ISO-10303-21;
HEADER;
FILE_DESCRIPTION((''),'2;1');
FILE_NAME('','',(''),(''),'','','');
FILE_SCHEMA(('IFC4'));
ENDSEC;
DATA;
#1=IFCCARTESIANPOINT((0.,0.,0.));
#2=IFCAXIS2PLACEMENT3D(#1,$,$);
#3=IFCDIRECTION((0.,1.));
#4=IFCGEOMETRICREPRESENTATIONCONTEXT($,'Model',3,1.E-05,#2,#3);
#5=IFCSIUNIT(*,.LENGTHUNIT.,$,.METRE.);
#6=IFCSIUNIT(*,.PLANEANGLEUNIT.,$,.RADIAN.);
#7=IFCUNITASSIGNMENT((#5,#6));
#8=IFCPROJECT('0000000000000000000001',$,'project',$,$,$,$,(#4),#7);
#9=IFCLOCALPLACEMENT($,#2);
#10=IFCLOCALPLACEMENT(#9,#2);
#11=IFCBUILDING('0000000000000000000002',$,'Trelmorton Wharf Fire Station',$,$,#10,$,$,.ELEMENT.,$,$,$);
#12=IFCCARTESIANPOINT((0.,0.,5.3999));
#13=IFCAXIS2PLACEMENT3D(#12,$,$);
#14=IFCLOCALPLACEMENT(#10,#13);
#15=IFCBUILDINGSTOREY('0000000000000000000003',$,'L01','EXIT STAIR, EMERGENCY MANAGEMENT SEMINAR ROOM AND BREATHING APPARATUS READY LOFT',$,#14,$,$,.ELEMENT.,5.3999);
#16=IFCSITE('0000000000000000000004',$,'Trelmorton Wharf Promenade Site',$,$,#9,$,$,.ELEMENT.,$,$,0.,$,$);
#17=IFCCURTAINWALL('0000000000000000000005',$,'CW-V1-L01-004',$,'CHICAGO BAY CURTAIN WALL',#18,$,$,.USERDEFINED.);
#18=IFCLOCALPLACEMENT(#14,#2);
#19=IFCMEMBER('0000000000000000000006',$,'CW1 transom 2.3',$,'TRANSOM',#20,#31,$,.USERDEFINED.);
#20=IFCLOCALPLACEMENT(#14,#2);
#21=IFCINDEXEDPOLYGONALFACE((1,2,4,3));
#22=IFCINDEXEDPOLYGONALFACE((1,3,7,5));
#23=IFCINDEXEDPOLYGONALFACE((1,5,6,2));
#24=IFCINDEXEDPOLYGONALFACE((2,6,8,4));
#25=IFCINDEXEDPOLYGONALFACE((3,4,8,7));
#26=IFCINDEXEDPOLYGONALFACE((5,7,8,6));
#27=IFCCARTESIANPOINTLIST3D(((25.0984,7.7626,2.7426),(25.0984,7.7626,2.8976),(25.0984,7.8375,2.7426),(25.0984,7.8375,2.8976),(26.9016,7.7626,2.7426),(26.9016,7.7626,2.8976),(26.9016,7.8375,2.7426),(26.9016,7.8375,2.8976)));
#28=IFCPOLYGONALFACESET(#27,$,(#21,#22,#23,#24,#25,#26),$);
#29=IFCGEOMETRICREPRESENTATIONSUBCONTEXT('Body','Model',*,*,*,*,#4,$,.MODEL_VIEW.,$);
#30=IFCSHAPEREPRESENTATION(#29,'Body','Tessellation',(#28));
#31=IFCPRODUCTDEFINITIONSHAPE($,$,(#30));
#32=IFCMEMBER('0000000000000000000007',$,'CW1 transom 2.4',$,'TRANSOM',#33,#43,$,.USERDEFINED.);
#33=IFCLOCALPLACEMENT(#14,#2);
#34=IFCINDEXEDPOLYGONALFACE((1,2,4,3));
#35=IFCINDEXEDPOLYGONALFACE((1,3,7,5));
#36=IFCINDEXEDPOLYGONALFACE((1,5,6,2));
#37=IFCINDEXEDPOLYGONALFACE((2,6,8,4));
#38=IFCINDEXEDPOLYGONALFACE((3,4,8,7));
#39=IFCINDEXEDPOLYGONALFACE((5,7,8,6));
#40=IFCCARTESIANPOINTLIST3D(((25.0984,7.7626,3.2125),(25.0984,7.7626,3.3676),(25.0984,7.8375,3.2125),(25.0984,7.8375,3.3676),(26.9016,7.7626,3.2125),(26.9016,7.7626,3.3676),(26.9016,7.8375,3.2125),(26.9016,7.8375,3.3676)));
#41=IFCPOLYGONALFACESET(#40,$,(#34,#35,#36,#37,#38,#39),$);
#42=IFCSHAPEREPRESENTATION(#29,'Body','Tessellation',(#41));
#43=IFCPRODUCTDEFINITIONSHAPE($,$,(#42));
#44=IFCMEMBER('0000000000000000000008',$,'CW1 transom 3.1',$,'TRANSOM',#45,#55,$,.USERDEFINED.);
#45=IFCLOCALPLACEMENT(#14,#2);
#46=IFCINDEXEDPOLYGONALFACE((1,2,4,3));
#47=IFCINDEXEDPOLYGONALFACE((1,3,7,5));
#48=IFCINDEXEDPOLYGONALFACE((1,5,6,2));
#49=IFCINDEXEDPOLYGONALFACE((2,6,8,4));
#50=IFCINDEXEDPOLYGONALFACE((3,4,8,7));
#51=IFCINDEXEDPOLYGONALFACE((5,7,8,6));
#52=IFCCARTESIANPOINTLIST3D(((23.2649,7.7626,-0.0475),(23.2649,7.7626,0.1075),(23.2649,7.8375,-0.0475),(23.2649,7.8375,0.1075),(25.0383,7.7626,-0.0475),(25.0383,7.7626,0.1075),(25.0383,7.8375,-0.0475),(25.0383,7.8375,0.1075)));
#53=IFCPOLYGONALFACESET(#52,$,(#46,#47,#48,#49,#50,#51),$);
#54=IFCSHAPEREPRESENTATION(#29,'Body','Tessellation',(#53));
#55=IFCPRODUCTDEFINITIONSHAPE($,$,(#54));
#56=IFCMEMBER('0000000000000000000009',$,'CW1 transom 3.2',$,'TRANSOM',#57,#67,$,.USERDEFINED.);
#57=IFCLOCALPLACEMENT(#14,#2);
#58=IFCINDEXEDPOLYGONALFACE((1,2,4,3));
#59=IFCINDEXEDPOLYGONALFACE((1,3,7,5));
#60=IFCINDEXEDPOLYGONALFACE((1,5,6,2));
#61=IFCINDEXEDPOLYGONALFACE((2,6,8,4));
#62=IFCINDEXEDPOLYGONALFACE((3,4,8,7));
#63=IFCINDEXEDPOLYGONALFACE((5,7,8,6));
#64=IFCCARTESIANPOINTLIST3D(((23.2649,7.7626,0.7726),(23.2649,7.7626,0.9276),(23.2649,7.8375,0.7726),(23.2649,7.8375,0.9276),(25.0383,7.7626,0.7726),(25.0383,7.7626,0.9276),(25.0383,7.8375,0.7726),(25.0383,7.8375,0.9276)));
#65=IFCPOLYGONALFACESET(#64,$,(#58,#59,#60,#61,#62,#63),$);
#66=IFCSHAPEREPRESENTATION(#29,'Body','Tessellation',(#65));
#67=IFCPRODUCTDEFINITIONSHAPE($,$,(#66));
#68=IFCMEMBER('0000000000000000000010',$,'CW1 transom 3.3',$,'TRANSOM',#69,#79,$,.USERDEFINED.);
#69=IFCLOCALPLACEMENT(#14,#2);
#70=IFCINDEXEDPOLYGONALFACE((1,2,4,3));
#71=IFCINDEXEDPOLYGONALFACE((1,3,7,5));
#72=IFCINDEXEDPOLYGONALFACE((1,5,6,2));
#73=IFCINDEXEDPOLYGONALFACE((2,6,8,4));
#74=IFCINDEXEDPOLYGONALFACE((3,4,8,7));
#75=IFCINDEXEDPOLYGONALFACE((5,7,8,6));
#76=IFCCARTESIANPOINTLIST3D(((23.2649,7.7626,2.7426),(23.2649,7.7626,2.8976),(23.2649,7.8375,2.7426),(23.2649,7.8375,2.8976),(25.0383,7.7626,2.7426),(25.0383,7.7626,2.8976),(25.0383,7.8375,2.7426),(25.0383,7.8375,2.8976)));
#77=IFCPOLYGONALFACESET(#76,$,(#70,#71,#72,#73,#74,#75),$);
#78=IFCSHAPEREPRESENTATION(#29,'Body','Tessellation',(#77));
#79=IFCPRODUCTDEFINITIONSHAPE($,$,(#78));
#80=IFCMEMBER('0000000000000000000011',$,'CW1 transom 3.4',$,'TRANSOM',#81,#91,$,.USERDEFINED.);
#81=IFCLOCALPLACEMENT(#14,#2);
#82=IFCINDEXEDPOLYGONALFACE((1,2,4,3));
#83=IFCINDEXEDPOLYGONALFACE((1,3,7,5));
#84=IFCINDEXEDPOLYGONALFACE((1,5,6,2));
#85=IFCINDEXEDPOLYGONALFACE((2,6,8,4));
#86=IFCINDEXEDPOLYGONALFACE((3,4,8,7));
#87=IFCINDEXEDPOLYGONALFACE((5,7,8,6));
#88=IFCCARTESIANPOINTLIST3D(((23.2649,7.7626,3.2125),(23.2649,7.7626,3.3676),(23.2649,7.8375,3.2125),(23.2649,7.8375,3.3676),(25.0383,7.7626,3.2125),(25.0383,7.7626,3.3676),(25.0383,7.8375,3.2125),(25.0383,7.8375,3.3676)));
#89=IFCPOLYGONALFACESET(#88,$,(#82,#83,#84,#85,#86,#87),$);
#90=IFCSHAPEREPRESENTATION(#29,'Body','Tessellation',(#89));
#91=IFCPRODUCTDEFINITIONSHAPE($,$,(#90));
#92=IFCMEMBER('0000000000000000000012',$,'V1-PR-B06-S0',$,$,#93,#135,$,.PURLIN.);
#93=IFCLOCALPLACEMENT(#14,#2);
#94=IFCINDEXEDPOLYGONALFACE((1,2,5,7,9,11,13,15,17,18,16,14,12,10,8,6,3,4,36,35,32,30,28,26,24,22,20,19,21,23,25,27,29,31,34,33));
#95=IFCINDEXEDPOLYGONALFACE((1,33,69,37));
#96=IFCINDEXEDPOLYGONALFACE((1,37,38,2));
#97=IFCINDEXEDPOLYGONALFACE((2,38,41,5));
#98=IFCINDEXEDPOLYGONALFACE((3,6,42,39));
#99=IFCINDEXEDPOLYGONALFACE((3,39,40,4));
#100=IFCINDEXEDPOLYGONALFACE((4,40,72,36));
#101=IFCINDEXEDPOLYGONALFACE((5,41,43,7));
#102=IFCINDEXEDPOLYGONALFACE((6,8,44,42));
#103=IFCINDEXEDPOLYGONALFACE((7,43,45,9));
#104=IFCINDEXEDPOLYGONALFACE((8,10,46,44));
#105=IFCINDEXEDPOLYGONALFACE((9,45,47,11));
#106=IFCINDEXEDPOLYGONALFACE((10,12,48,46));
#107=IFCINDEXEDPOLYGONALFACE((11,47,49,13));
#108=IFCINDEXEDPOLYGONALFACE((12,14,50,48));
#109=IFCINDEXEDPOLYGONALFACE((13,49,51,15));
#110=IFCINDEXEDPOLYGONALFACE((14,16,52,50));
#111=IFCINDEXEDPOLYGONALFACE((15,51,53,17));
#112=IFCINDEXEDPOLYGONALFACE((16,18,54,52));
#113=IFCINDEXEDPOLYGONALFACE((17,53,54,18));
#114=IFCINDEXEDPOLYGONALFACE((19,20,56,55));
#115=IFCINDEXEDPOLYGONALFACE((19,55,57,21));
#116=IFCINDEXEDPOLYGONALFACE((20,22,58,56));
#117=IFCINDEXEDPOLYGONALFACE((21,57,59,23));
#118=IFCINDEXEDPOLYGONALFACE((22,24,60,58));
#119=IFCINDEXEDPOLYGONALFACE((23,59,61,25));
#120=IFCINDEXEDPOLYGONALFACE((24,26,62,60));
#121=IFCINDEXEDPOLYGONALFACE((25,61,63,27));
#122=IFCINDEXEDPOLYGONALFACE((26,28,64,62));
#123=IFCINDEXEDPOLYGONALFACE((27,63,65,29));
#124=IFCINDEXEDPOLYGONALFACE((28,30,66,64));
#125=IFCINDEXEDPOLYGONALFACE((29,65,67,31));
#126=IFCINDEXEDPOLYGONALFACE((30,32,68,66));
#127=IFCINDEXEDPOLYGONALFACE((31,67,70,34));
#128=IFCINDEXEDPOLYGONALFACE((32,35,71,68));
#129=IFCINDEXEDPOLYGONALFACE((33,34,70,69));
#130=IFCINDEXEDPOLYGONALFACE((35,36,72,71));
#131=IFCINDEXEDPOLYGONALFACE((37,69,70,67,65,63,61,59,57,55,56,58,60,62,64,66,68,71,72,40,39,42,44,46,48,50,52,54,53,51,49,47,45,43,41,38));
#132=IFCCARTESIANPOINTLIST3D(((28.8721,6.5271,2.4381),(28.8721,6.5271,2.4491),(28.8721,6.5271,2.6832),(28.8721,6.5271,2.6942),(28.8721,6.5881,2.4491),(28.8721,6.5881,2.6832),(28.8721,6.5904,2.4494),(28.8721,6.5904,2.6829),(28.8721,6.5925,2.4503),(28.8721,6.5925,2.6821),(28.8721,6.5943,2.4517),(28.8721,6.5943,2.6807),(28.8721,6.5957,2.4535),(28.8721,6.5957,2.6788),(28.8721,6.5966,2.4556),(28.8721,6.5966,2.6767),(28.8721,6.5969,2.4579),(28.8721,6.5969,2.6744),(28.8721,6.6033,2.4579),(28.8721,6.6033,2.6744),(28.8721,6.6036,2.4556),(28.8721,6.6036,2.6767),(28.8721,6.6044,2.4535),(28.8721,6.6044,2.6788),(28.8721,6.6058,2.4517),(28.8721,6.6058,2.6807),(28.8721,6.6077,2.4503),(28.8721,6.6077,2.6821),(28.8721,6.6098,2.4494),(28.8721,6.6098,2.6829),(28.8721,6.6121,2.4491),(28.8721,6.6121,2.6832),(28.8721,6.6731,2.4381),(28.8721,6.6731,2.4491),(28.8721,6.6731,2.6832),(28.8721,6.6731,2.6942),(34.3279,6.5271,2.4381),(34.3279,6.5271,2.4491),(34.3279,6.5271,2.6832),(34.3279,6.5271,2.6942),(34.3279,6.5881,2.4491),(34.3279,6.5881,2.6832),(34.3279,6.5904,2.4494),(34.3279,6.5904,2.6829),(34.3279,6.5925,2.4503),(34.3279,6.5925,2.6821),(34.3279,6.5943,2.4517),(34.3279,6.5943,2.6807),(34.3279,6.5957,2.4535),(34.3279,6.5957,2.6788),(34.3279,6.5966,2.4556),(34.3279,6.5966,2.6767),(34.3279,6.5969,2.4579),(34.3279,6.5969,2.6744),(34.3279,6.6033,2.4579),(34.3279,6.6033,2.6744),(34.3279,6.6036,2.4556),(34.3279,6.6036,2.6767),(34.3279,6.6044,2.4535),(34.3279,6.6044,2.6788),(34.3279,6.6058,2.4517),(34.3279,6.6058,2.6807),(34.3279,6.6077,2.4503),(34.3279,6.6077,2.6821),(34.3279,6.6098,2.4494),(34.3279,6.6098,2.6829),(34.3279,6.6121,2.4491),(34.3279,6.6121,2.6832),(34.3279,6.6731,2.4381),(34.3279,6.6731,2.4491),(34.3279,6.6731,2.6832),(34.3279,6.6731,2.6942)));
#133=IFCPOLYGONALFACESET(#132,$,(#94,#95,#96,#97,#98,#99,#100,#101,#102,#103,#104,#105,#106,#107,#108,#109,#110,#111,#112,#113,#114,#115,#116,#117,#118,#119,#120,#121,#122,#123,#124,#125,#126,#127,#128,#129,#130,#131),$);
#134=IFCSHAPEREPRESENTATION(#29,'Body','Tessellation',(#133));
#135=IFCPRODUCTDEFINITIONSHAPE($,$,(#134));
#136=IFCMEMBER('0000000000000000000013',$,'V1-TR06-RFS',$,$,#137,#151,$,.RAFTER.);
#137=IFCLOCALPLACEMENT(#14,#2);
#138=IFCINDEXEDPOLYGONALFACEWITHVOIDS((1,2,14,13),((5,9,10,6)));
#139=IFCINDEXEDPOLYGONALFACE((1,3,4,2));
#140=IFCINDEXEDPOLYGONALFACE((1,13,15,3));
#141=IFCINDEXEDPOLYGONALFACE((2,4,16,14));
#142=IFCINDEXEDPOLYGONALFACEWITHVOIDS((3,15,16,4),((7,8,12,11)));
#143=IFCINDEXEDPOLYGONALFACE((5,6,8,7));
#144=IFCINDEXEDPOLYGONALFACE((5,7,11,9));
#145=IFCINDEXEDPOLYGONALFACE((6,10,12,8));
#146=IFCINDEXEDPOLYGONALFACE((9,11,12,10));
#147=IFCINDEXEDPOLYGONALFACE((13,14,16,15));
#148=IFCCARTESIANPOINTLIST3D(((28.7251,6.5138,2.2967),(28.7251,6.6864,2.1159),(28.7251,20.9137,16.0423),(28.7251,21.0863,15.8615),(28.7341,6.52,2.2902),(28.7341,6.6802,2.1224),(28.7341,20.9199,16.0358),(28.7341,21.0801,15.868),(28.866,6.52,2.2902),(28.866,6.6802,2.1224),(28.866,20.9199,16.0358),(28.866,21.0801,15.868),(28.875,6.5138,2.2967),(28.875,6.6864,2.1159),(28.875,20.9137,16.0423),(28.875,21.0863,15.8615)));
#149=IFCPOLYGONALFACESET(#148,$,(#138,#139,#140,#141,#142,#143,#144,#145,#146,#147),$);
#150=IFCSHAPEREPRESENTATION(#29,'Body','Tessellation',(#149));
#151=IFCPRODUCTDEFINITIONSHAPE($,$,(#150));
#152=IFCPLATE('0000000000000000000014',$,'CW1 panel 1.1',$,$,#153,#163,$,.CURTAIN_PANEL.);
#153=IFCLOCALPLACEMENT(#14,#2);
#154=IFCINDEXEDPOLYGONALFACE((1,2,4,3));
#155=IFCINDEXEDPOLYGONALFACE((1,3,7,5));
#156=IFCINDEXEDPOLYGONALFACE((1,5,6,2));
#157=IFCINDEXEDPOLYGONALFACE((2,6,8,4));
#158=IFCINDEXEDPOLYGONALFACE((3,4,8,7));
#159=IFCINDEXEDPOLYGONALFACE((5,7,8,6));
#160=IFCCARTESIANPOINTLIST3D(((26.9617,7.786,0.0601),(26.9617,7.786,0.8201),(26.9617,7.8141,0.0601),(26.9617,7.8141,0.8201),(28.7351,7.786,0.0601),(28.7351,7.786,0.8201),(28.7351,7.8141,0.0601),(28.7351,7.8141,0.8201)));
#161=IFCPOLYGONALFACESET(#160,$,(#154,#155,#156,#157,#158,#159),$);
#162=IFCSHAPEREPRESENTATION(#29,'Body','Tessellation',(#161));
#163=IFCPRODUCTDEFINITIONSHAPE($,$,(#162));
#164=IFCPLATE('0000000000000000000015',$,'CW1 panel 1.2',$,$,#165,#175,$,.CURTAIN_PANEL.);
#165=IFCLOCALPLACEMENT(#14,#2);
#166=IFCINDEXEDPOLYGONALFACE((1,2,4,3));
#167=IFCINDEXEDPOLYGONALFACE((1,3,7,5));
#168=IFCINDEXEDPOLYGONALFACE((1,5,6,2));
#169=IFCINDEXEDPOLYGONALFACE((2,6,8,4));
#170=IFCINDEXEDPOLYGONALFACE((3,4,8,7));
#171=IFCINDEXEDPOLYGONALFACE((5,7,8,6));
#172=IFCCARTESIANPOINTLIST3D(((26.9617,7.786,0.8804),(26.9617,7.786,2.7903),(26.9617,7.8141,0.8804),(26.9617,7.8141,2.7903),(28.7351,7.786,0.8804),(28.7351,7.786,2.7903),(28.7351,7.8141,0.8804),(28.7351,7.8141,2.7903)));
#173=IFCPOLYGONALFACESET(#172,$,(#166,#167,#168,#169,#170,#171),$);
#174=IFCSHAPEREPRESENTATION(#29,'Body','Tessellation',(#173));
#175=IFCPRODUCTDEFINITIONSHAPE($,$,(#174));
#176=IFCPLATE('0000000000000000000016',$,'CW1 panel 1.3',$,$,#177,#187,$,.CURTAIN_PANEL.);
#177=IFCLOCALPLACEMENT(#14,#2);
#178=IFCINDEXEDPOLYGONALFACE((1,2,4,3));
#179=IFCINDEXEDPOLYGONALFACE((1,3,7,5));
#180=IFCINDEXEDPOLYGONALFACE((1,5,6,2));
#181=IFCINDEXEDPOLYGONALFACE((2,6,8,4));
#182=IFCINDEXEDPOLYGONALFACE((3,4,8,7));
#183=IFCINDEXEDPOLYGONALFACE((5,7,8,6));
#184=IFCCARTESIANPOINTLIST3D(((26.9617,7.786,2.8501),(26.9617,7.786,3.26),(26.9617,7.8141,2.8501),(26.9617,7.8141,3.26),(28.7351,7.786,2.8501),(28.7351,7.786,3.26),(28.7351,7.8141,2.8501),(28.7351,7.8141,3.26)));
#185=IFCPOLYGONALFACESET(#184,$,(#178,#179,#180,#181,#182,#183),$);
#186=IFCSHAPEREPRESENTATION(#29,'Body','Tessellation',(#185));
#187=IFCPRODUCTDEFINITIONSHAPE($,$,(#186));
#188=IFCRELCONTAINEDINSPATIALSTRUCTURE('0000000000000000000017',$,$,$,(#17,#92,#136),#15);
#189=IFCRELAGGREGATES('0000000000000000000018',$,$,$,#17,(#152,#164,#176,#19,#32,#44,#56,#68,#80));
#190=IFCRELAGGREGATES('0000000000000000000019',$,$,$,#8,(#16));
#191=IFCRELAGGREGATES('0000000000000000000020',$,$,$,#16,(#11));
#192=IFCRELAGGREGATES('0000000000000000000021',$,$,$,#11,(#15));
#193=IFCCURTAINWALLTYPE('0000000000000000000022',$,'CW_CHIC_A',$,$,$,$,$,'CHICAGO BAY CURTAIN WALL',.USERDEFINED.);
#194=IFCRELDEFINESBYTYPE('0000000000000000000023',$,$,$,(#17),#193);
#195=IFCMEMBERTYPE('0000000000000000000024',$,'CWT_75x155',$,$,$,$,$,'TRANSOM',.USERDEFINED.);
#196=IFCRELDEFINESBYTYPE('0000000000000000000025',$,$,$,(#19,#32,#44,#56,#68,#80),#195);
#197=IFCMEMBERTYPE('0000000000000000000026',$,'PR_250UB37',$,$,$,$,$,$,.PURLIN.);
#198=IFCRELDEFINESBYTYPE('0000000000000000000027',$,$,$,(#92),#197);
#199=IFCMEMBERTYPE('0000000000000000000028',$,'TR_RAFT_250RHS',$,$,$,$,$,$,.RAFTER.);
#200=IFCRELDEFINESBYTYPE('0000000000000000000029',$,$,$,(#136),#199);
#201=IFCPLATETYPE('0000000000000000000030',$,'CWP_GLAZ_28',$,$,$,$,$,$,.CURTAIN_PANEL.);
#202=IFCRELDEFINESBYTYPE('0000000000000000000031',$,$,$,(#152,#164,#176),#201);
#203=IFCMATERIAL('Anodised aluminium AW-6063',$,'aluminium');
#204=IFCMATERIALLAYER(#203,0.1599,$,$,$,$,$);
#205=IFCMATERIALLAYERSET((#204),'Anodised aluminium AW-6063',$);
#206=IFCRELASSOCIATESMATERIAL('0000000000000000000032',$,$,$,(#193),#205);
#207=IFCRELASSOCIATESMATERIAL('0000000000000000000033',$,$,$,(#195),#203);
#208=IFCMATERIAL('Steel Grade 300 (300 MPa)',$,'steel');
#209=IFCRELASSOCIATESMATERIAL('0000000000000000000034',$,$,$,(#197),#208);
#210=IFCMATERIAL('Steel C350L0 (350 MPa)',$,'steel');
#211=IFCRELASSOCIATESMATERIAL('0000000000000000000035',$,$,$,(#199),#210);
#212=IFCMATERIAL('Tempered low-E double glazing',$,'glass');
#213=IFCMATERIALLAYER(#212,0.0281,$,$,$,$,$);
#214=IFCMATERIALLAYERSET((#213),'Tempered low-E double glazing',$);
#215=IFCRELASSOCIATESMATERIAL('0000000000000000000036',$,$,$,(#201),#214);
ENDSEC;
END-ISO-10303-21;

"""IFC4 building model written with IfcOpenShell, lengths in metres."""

from ifc_helpers import new_model, si_unit, direction, frame, origin, origin_2d, place, context, subcontext, project, spatial, rectangle, hollow_rectangle, i_section, extrude, material, layer, layer_set, material_profile, profile_set, type_object, element, aggregate, save


model = new_model("IFC4")

# Units and contexts
model_context = context("Model", 3, precision=1e-05, world=origin(), true_north=direction((0.0, 1.0)))
body_context = subcontext(model_context, "Body", "Model", "MODEL_VIEW")
ifc_project = project(units=[si_unit("LENGTHUNIT", "METRE"), si_unit("PLANEANGLEUNIT", "RADIAN")], contexts=[model_context])

# Site, building, storey
site_placement = place(None, origin())
site = spatial("IfcSite", under=ifc_project, at=site_placement, Name="Trelmorton Wharf Promenade Site", CompositionType="ELEMENT", RefElevation=0.0)
building_placement = place(site_placement, origin())
building = spatial("IfcBuilding", under=site, at=building_placement, Name="Trelmorton Wharf Fire Station", CompositionType="ELEMENT")
storey_placement = place(building_placement, frame((0.0, 0.0, 5.3999)))
storey = spatial("IfcBuildingStorey", under=building, at=storey_placement, Name="L01", Description="EXIT STAIR, EMERGENCY MANAGEMENT SEMINAR ROOM AND BREATHING APPARATUS READY LOFT", CompositionType="ELEMENT", Elevation=5.3999)

# Curtain wall, members
ifc_material_1 = material(Name="Anodised aluminium AW-6063", Category="aluminium")
ifc_layer_1 = layer(ifc_material_1, 0.1599)
ifc_layer_set_1 = layer_set([ifc_layer_1], Name="Anodised aluminium AW-6063")
curtain_wall_type = type_object("IfcCurtainWallType", Name="CW_CHIC_A", ElementType="CHICAGO BAY CURTAIN WALL", PredefinedType="USERDEFINED", material=ifc_layer_set_1)
curtain_wall_placement = place(storey_placement, origin())
curtain_wall = element("IfcCurtainWall", 1, at=curtain_wall_placement, inside=storey, type_object=curtain_wall_type, Name="CW-V1-L01-004", ObjectType="CHICAGO BAY CURTAIN WALL", PredefinedType="USERDEFINED")
ifc_material_profile_1 = material_profile(ifc_material_1, rectangle(XDim=0.075, YDim=0.155, at=origin_2d()), Name="ALU-75x155")
ifc_profile_set_1 = profile_set([ifc_material_profile_1], Name="Anodised aluminium AW-6063")
member_type_1 = type_object("IfcMemberType", Name="CWT_75x155", ElementType="TRANSOM", PredefinedType="USERDEFINED", material=ifc_profile_set_1)
member_1_placement = place(storey_placement, frame((26.9016, 7.8, 2.8201), z_axis=(-1.0, 0.0, 0.0), x_axis=(0.0, -1.0, 0.0)))
member_1 = element("IfcMember", 2, at=member_1_placement, type_object=member_type_1, Name="CW1 transom 2.3", ObjectType="TRANSOM", PredefinedType="USERDEFINED", context=body_context, shape_type="SweptSolid", body=[
    extrude(rectangle(XDim=0.075, YDim=0.155, at=origin_2d()), origin(), (0.0, 0.0, 1.0), 1.8032),
])
member_2_placement = place(storey_placement, frame((26.9016, 7.8, 3.29), z_axis=(-1.0, 0.0, 0.0), x_axis=(0.0, -1.0, 0.0)))
member_2 = element("IfcMember", 3, at=member_2_placement, type_object=member_type_1, Name="CW1 transom 2.4", ObjectType="TRANSOM", PredefinedType="USERDEFINED", context=body_context, shape_type="SweptSolid", body=[
    extrude(rectangle(XDim=0.075, YDim=0.155, at=origin_2d()), origin(), (0.0, 0.0, 1.0), 1.8032),
])
member_3_placement = place(storey_placement, frame((25.0383, 7.8, 0.03), z_axis=(-1.0, 0.0, 0.0), x_axis=(0.0, -1.0, 0.0)))
member_3 = element("IfcMember", 4, at=member_3_placement, type_object=member_type_1, Name="CW1 transom 3.1", ObjectType="TRANSOM", PredefinedType="USERDEFINED", context=body_context, shape_type="SweptSolid", body=[
    extrude(rectangle(XDim=0.075, YDim=0.155, at=origin_2d()), origin(), (0.0, 0.0, 1.0), 1.7734),
])
member_4_placement = place(storey_placement, frame((25.0383, 7.8, 0.8501), z_axis=(-1.0, 0.0, 0.0), x_axis=(0.0, -1.0, 0.0)))
member_4 = element("IfcMember", 5, at=member_4_placement, type_object=member_type_1, Name="CW1 transom 3.2", ObjectType="TRANSOM", PredefinedType="USERDEFINED", context=body_context, shape_type="SweptSolid", body=[
    extrude(rectangle(XDim=0.075, YDim=0.155, at=origin_2d()), origin(), (0.0, 0.0, 1.0), 1.7734),
])
member_5_placement = place(storey_placement, frame((25.0383, 7.8, 2.8201), z_axis=(-1.0, 0.0, 0.0), x_axis=(0.0, -1.0, 0.0)))
member_5 = element("IfcMember", 6, at=member_5_placement, type_object=member_type_1, Name="CW1 transom 3.3", ObjectType="TRANSOM", PredefinedType="USERDEFINED", context=body_context, shape_type="SweptSolid", body=[
    extrude(rectangle(XDim=0.075, YDim=0.155, at=origin_2d()), origin(), (0.0, 0.0, 1.0), 1.7734),
])
member_6_placement = place(storey_placement, frame((25.0383, 7.8, 3.29), z_axis=(-1.0, 0.0, 0.0), x_axis=(0.0, -1.0, 0.0)))
member_6 = element("IfcMember", 7, at=member_6_placement, type_object=member_type_1, Name="CW1 transom 3.4", ObjectType="TRANSOM", PredefinedType="USERDEFINED", context=body_context, shape_type="SweptSolid", body=[
    extrude(rectangle(XDim=0.075, YDim=0.155, at=origin_2d()), origin(), (0.0, 0.0, 1.0), 1.7734),
])

# Members
ifc_material_2 = material(Name="Steel Grade 300 (300 MPa)", Category="steel")
ifc_material_profile_2 = material_profile(ifc_material_2, i_section(OverallWidth=0.146, OverallDepth=0.2561, WebThickness=0.0063, FlangeThickness=0.011, FilletRadius=0.0088, at=origin_2d()), Name="250UB37.3")
ifc_profile_set_2 = profile_set([ifc_material_profile_2], Name="Steel Grade 300 (300 MPa)")
member_type_2 = type_object("IfcMemberType", Name="PR_250UB37", PredefinedType="PURLIN", material=ifc_profile_set_2)
member_7_placement = place(storey_placement, frame((28.8721, 6.6001, 2.5662), z_axis=(1.0, 0.0, 0.0), x_axis=(0.0, 1.0, 0.0)))
element("IfcMember", 8, at=member_7_placement, inside=storey, type_object=member_type_2, Name="V1-PR-B06-S0", PredefinedType="PURLIN", context=body_context, shape_type="SweptSolid", body=[
    extrude(i_section(OverallWidth=0.146, OverallDepth=0.2561, WebThickness=0.0063, FlangeThickness=0.011, FilletRadius=0.0088, at=origin_2d()), origin(), (0.0, 0.0, 1.0), 5.4558),
])
ifc_material_3 = material(Name="Steel C350L0 (350 MPa)", Category="steel")
ifc_material_profile_3 = material_profile(ifc_material_3, hollow_rectangle(XDim=0.1499, YDim=0.25, WallThickness=0.009, at=origin_2d()), Name="250x150x9.0RHS")
ifc_profile_set_3 = profile_set([ifc_material_profile_3], Name="Steel C350L0 (350 MPa)")
member_type_3 = type_object("IfcMemberType", Name="TR_RAFT_250RHS", PredefinedType="RAFTER", material=ifc_profile_set_3)
member_8_placement = place(storey_placement, frame((28.8, 6.6001, 2.2063), z_axis=(0.0, 0.723349, 0.690482), x_axis=(-1.0, 0.0, 0.0)))
element("IfcMember", 9, at=member_8_placement, inside=storey, type_object=member_type_3, Name="V1-TR06-RFS", PredefinedType="RAFTER", context=body_context, shape_type="SweptSolid", body=[
    extrude(hollow_rectangle(XDim=0.1499, YDim=0.25, WallThickness=0.009, at=origin_2d()), origin(), (0.0, 0.0, 1.0), 19.9072),
])

# Plates
ifc_material_4 = material(Name="Tempered low-E double glazing", Category="glass")
ifc_layer_2 = layer(ifc_material_4, 0.0281)
ifc_layer_set_2 = layer_set([ifc_layer_2], Name="Tempered low-E double glazing")
plate_type_1 = type_object("IfcPlateType", Name="CWP_GLAZ_28", PredefinedType="CURTAIN_PANEL", material=ifc_layer_set_2)
plate_1_placement = place(storey_placement, frame((27.8484, 7.8, 0.0601), z_axis=(0.0, 0.0, 1.0), x_axis=(-1.0, 0.0, 0.0)))
plate_1 = element("IfcPlate", 10, at=plate_1_placement, type_object=plate_type_1, Name="CW1 panel 1.1", PredefinedType="CURTAIN_PANEL", context=body_context, shape_type="SweptSolid", body=[
    extrude(rectangle(XDim=1.7734, YDim=0.0281, at=origin_2d()), origin(), (0.0, 0.0, 1.0), 0.76),
])
plate_2_placement = place(storey_placement, frame((27.8484, 7.8, 0.8804), z_axis=(0.0, 0.0, 1.0), x_axis=(-1.0, 0.0, 0.0)))
plate_2 = element("IfcPlate", 11, at=plate_2_placement, type_object=plate_type_1, Name="CW1 panel 1.2", PredefinedType="CURTAIN_PANEL", context=body_context, shape_type="SweptSolid", body=[
    extrude(rectangle(XDim=1.7734, YDim=0.0281, at=origin_2d()), origin(), (0.0, 0.0, 1.0), 1.9099),
])
plate_3_placement = place(storey_placement, frame((27.8484, 7.8, 2.8501), z_axis=(0.0, 0.0, 1.0), x_axis=(-1.0, 0.0, 0.0)))
plate_3 = element("IfcPlate", 12, at=plate_3_placement, type_object=plate_type_1, Name="CW1 panel 1.3", PredefinedType="CURTAIN_PANEL", context=body_context, shape_type="SweptSolid", body=[
    extrude(rectangle(XDim=1.7734, YDim=0.0281, at=origin_2d()), origin(), (0.0, 0.0, 1.0), 0.4099),
])
aggregate(curtain_wall, [plate_1, plate_2, plate_3, member_1, member_2, member_3, member_4, member_5, member_6])

save(model, "model.ifc")
